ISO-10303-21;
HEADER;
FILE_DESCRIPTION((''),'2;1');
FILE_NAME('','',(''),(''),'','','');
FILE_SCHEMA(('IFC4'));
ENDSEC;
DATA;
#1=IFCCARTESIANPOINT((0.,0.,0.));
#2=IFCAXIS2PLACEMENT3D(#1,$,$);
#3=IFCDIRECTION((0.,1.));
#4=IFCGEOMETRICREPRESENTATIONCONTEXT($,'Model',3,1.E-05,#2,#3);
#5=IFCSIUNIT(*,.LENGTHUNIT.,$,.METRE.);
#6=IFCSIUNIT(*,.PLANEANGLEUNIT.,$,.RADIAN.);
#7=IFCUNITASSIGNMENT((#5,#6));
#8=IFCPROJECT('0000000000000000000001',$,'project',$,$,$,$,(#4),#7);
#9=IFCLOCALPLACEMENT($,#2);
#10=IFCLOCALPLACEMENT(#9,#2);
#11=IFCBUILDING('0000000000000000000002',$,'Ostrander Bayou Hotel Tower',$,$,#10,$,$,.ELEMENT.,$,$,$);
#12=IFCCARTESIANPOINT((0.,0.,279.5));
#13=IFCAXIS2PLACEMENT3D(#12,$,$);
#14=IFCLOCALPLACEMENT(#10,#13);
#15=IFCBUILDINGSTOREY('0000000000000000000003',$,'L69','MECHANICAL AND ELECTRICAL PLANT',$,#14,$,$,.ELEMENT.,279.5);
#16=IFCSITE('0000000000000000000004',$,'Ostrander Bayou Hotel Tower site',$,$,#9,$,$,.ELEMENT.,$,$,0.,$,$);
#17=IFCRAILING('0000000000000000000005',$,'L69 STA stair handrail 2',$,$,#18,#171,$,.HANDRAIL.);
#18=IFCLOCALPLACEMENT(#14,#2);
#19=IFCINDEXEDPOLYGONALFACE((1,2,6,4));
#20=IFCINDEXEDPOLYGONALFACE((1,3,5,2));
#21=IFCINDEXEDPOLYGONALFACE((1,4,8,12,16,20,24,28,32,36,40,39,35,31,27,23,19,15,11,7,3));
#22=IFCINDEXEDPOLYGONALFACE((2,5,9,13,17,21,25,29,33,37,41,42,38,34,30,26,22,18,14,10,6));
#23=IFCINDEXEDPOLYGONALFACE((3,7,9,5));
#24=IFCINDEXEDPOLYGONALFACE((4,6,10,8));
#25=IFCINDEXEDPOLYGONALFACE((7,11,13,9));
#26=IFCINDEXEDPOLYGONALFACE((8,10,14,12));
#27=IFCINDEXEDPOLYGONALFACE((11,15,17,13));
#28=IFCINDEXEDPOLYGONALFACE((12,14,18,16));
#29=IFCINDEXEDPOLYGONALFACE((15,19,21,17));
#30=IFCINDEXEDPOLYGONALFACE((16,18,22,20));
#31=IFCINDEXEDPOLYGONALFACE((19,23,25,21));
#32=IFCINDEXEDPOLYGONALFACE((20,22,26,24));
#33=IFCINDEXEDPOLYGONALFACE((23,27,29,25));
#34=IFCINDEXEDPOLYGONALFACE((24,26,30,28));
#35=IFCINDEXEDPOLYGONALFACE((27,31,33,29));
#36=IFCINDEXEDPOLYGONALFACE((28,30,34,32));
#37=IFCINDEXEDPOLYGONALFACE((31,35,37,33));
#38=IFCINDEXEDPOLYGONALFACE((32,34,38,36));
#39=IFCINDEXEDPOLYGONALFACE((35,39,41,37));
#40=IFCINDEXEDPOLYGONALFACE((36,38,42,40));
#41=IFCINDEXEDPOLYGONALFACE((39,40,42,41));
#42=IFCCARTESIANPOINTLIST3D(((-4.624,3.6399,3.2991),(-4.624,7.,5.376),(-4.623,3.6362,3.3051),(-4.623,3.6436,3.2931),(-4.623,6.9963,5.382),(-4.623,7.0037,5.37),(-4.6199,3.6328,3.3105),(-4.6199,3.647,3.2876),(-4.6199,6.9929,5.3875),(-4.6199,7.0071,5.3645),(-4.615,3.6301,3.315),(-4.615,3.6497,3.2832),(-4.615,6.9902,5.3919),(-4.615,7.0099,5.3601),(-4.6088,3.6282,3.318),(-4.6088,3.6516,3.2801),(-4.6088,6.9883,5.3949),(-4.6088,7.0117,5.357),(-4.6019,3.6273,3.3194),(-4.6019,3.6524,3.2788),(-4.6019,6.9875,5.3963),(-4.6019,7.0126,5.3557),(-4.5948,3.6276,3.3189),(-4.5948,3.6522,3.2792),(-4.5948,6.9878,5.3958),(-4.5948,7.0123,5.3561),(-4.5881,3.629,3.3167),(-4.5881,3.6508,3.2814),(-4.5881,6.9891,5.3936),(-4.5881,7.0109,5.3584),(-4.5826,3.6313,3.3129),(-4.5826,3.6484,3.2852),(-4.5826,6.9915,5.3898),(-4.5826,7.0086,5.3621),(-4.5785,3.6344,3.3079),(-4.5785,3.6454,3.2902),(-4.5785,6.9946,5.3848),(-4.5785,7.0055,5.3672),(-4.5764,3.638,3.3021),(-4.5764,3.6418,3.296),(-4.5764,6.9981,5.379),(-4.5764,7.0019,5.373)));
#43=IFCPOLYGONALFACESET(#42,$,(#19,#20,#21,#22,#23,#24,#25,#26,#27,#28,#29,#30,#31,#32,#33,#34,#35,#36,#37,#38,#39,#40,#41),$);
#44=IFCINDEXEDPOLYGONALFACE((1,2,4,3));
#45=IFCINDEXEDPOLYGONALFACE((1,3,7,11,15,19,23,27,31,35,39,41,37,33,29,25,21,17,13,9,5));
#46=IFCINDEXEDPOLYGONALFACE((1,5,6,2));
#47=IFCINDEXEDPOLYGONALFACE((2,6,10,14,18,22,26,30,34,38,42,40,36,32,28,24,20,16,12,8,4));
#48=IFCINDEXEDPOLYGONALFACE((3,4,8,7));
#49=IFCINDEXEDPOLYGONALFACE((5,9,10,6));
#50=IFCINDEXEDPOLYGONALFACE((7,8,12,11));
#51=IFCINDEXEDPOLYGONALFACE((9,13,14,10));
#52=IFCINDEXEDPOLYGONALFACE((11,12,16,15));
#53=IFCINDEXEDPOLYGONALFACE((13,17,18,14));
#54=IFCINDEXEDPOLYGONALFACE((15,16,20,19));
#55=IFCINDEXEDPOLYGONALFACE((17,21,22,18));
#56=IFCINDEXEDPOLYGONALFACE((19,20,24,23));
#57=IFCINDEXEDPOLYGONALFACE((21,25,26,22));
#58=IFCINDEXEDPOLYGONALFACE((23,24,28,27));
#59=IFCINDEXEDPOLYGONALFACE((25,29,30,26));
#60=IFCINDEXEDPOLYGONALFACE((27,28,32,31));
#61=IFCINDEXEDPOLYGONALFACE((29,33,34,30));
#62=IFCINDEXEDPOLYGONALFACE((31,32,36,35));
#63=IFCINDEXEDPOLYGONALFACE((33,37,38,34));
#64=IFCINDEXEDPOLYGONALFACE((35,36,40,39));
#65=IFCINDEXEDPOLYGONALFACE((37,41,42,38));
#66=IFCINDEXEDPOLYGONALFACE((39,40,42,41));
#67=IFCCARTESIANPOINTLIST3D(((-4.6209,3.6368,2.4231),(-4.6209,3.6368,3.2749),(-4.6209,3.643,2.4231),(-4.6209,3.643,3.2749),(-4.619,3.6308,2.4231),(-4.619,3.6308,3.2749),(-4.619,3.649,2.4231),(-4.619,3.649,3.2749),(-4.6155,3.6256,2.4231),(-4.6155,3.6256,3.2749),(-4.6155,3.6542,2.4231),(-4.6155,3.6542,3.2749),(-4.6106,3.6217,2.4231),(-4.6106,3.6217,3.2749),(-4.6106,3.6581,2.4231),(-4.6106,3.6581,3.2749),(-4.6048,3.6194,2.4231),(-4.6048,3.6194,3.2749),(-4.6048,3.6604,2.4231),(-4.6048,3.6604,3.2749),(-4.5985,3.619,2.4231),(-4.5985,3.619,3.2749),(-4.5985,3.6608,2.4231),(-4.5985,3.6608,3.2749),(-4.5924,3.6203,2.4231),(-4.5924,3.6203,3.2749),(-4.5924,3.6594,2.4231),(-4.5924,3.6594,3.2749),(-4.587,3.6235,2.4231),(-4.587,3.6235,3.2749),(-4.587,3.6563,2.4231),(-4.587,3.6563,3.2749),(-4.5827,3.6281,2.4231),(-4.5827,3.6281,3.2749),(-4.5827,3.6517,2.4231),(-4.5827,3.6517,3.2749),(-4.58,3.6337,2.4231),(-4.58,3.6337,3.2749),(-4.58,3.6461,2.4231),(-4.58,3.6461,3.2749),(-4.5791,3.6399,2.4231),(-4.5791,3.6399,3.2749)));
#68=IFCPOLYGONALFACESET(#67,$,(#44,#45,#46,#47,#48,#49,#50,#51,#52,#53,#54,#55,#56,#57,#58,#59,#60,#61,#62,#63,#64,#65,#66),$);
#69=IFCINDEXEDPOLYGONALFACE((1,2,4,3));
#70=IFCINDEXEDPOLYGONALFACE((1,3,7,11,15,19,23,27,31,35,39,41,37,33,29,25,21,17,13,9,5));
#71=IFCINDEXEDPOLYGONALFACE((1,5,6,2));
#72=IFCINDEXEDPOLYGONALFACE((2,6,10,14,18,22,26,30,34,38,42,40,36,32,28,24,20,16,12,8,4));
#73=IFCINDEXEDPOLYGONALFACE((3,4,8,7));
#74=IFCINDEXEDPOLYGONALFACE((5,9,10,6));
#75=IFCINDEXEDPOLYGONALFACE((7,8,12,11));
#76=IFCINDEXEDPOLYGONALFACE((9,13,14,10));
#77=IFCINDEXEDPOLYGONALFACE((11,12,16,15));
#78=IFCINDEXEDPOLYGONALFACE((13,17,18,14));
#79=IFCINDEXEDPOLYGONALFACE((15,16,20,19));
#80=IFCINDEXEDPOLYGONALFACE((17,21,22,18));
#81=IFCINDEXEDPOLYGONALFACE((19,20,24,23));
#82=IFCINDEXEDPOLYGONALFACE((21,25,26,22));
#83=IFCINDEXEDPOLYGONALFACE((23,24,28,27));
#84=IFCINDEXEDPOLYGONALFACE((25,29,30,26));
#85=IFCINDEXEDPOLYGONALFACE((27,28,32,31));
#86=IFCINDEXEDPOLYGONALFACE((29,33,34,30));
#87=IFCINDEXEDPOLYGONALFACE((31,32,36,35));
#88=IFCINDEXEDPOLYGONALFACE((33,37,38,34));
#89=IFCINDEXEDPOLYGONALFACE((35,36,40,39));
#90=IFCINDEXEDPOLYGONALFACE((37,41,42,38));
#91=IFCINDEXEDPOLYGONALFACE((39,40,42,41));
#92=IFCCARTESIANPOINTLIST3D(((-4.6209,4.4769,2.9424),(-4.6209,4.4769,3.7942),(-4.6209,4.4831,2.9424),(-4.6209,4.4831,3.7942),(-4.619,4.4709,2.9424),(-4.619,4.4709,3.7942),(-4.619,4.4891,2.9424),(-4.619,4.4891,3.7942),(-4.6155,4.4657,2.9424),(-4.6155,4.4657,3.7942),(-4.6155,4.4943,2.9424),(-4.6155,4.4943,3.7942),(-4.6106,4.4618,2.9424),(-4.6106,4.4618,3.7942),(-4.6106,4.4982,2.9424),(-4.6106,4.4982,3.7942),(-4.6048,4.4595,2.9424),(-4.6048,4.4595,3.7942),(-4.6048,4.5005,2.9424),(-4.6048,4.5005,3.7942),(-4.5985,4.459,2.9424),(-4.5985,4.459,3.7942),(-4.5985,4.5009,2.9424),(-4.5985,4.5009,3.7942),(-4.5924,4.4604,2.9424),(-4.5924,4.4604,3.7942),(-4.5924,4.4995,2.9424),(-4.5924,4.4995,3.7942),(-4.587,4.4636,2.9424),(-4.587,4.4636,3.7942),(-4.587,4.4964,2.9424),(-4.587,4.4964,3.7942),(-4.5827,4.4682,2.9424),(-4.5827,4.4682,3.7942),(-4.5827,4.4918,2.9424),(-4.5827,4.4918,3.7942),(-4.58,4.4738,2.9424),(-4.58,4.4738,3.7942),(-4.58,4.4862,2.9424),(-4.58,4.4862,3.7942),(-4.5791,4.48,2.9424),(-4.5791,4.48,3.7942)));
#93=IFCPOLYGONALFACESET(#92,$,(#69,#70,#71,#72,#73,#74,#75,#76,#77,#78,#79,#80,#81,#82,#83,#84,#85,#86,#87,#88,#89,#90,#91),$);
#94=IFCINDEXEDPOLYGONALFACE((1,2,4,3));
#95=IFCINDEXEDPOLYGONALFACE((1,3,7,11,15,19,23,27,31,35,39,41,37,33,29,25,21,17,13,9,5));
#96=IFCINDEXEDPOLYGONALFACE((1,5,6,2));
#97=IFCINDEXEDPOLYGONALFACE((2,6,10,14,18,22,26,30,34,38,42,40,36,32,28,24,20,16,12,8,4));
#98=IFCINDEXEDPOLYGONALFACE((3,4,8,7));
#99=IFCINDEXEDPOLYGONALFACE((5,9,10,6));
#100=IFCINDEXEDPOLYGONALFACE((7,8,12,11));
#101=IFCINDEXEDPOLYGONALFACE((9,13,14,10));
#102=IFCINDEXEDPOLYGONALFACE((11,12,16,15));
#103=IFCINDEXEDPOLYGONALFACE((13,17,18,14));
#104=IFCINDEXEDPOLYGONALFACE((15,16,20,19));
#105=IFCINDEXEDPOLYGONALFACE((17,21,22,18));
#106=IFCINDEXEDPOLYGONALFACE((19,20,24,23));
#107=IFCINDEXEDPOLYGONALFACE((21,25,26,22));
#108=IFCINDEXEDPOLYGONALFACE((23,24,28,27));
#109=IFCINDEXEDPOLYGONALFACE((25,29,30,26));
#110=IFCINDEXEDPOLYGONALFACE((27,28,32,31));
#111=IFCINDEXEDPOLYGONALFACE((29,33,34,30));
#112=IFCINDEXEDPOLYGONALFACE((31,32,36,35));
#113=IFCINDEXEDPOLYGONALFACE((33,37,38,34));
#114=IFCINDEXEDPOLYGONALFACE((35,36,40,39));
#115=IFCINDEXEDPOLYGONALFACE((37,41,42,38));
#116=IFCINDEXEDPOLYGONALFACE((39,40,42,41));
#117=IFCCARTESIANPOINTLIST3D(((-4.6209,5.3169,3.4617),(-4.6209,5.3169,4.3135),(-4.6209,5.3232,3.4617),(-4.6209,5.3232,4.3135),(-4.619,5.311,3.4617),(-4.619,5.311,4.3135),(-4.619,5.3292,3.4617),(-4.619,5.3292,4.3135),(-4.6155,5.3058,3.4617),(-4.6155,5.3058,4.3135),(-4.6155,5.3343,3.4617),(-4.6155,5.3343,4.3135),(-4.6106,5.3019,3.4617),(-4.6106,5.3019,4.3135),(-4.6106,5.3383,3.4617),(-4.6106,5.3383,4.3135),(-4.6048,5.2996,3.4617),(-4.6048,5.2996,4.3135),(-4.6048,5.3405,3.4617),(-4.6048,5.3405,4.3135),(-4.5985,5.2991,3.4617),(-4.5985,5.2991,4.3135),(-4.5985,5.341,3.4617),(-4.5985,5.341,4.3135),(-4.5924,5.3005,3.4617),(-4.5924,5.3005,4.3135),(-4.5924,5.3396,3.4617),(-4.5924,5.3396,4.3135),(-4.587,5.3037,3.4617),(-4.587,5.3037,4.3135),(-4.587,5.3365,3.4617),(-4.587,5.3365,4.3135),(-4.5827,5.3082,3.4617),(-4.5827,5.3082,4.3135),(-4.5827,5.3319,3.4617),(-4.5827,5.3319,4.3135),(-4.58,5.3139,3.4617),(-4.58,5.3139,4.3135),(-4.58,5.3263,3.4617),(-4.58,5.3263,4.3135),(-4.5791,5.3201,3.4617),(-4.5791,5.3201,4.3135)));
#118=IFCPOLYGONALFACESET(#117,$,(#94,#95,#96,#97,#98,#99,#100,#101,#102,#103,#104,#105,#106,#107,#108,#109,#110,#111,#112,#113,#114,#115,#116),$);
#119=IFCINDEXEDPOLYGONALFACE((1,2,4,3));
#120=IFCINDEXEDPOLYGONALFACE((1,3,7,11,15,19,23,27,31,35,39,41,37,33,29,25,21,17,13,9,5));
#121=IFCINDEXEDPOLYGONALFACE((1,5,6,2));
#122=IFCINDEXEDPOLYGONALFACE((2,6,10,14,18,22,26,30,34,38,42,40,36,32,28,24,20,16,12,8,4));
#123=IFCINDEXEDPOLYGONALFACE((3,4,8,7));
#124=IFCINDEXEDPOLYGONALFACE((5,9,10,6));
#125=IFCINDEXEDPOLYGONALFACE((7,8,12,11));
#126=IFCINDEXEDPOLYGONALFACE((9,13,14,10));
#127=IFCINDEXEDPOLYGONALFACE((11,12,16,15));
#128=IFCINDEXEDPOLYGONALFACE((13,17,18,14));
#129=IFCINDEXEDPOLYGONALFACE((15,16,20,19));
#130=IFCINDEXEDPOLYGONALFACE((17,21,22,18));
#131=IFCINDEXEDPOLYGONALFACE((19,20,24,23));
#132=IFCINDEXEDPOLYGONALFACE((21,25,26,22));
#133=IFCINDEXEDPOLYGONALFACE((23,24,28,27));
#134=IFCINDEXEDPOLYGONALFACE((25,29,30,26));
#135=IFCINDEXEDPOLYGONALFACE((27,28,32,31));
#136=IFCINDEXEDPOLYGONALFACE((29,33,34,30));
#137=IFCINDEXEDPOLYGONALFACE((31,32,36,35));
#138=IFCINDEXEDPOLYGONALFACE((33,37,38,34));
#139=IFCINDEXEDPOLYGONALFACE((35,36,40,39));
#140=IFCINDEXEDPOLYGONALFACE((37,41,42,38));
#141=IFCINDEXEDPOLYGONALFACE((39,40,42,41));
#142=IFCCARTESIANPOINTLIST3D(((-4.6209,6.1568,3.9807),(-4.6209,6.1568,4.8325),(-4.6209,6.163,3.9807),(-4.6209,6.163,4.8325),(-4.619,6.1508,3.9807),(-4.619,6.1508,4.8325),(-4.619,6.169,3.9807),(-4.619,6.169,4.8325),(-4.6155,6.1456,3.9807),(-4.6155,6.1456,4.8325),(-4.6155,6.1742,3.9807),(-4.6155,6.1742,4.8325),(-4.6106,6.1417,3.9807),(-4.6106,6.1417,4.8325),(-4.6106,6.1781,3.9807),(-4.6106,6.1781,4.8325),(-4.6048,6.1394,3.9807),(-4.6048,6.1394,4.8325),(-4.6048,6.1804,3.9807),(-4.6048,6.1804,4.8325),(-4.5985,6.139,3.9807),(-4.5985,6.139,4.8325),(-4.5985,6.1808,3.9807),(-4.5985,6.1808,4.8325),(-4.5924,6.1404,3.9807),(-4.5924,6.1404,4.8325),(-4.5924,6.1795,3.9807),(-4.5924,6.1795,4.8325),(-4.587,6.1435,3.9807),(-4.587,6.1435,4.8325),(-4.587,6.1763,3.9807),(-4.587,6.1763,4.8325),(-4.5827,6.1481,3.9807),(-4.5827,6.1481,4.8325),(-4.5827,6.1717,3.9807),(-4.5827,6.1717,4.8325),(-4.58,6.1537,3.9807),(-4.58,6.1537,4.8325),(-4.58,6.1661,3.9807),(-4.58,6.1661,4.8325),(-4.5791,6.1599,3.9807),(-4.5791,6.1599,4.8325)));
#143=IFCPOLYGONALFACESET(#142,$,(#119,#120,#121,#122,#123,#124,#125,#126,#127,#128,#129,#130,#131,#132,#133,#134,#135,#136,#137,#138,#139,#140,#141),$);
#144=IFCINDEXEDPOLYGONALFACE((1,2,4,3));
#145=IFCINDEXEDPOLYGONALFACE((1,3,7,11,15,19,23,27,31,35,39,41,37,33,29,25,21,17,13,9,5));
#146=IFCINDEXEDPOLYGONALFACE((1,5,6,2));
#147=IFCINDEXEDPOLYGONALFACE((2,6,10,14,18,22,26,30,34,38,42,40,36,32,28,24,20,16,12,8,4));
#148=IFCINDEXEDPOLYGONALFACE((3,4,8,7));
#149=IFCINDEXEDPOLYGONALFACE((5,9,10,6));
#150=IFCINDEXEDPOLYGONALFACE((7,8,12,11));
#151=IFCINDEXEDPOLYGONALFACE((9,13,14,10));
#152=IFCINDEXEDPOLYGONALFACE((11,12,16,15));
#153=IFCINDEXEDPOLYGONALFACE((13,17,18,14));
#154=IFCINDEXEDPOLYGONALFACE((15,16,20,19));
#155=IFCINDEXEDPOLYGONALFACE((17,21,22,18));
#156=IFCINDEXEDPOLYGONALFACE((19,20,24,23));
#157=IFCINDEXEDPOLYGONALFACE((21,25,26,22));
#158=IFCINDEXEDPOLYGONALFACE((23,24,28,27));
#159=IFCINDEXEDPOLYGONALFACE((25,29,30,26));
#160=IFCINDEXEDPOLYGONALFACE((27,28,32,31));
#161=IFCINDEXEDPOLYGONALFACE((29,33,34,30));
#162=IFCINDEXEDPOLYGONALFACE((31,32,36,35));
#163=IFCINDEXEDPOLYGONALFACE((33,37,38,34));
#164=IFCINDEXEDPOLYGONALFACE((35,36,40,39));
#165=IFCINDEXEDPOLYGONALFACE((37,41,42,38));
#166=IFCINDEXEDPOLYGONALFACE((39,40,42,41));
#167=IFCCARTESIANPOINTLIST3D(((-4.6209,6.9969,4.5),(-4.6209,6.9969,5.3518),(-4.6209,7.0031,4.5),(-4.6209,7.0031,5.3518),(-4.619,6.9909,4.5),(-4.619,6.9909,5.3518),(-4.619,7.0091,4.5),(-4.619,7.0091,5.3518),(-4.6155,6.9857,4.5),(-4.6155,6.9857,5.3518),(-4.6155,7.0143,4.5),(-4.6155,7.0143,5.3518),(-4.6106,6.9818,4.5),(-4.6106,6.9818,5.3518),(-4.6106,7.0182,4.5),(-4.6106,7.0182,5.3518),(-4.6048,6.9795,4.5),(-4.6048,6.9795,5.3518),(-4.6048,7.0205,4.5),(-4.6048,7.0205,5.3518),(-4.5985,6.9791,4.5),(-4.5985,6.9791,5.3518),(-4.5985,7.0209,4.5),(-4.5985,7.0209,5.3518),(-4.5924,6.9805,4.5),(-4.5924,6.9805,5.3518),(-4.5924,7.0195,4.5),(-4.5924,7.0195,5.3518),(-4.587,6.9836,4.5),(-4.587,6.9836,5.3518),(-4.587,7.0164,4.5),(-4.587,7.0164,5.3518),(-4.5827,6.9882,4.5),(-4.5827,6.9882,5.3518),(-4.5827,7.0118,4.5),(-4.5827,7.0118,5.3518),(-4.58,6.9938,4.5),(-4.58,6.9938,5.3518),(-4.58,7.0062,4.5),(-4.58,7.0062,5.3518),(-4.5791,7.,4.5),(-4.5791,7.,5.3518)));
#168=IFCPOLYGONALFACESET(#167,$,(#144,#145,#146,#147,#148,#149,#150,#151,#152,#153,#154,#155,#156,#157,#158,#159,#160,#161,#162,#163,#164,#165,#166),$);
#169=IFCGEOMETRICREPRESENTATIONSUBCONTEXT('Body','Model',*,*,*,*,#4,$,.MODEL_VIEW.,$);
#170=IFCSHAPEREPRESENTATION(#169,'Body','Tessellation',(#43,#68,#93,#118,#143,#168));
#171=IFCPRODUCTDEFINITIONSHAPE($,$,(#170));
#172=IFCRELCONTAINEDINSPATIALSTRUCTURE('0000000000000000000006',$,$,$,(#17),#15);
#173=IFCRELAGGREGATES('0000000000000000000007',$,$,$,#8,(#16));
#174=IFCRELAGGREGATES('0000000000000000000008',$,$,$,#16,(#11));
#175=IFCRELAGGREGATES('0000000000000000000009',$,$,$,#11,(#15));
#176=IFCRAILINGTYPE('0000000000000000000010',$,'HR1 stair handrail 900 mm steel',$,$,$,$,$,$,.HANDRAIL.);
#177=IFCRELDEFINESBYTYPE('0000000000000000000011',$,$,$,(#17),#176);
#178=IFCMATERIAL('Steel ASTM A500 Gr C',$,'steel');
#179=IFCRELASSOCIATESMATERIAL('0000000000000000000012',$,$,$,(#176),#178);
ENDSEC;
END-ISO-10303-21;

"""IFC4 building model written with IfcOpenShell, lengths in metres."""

from ifc_helpers import new_model, si_unit, direction, frame, origin, origin_2d, place, context, subcontext, project, spatial, circle, extrude, material, type_object, element, save


model = new_model("IFC4")

# Units and contexts
model_context = context("Model", 3, precision=1e-05, world=origin(), true_north=direction((0.0, 1.0)))
body_context = subcontext(model_context, "Body", "Model", "MODEL_VIEW")
ifc_project = project(units=[si_unit("LENGTHUNIT", "METRE"), si_unit("PLANEANGLEUNIT", "RADIAN")], contexts=[model_context])

# Site, building, storey
site_placement = place(None, origin())
site = spatial("IfcSite", under=ifc_project, at=site_placement, Name="Ostrander Bayou Hotel Tower site", CompositionType="ELEMENT", RefElevation=0.0)
building_placement = place(site_placement, origin())
building = spatial("IfcBuilding", under=site, at=building_placement, Name="Ostrander Bayou Hotel Tower", CompositionType="ELEMENT")
storey_placement = place(building_placement, frame((0.0, 0.0, 279.5)))
storey = spatial("IfcBuildingStorey", under=building, at=storey_placement, Name="L69", Description="MECHANICAL AND ELECTRICAL PLANT", CompositionType="ELEMENT", Elevation=279.5)

# Railing
ifc_material_1 = material(Name="Steel ASTM A500 Gr C", Category="steel")
railing_type_1 = type_object("IfcRailingType", Name="HR1 stair handrail 900 mm steel", PredefinedType="HANDRAIL", material=ifc_material_1)
railing_1_placement = place(storey_placement, frame((-4.6001, 3.6399, 2.4231)))
element("IfcRailing", 1, at=railing_1_placement, inside=storey, type_object=railing_type_1, Name="L69 STA stair handrail 2", PredefinedType="HANDRAIL", context=body_context, shape_type="SweptSolid", body=[
    extrude(circle(Radius=0.0239, at=origin_2d()), frame((0.0, 0.0, 0.876), z_axis=(0.0, 0.850623, 0.525776), x_axis=(-1.0, 0.0, 0.0)), (0.0, 0.0, 1.0), 3.9502),
    extrude(circle(Radius=0.021, at=origin_2d()), origin(), (0.0, 0.0, 1.0), 0.8518),
    extrude(circle(Radius=0.021, at=origin_2d()), frame((0.0, 0.8401, 0.5193)), (0.0, 0.0, 1.0), 0.8518),
    extrude(circle(Radius=0.021, at=origin_2d()), frame((0.0, 1.6802, 1.0386)), (0.0, 0.0, 1.0), 0.8518),
    extrude(circle(Radius=0.021, at=origin_2d()), frame((0.0, 2.52, 1.5576)), (0.0, 0.0, 1.0), 0.8518),
    extrude(circle(Radius=0.021, at=origin_2d()), frame((0.0, 3.3601, 2.0769)), (0.0, 0.0, 1.0), 0.8518),
])

save(model, "model.ifc")
